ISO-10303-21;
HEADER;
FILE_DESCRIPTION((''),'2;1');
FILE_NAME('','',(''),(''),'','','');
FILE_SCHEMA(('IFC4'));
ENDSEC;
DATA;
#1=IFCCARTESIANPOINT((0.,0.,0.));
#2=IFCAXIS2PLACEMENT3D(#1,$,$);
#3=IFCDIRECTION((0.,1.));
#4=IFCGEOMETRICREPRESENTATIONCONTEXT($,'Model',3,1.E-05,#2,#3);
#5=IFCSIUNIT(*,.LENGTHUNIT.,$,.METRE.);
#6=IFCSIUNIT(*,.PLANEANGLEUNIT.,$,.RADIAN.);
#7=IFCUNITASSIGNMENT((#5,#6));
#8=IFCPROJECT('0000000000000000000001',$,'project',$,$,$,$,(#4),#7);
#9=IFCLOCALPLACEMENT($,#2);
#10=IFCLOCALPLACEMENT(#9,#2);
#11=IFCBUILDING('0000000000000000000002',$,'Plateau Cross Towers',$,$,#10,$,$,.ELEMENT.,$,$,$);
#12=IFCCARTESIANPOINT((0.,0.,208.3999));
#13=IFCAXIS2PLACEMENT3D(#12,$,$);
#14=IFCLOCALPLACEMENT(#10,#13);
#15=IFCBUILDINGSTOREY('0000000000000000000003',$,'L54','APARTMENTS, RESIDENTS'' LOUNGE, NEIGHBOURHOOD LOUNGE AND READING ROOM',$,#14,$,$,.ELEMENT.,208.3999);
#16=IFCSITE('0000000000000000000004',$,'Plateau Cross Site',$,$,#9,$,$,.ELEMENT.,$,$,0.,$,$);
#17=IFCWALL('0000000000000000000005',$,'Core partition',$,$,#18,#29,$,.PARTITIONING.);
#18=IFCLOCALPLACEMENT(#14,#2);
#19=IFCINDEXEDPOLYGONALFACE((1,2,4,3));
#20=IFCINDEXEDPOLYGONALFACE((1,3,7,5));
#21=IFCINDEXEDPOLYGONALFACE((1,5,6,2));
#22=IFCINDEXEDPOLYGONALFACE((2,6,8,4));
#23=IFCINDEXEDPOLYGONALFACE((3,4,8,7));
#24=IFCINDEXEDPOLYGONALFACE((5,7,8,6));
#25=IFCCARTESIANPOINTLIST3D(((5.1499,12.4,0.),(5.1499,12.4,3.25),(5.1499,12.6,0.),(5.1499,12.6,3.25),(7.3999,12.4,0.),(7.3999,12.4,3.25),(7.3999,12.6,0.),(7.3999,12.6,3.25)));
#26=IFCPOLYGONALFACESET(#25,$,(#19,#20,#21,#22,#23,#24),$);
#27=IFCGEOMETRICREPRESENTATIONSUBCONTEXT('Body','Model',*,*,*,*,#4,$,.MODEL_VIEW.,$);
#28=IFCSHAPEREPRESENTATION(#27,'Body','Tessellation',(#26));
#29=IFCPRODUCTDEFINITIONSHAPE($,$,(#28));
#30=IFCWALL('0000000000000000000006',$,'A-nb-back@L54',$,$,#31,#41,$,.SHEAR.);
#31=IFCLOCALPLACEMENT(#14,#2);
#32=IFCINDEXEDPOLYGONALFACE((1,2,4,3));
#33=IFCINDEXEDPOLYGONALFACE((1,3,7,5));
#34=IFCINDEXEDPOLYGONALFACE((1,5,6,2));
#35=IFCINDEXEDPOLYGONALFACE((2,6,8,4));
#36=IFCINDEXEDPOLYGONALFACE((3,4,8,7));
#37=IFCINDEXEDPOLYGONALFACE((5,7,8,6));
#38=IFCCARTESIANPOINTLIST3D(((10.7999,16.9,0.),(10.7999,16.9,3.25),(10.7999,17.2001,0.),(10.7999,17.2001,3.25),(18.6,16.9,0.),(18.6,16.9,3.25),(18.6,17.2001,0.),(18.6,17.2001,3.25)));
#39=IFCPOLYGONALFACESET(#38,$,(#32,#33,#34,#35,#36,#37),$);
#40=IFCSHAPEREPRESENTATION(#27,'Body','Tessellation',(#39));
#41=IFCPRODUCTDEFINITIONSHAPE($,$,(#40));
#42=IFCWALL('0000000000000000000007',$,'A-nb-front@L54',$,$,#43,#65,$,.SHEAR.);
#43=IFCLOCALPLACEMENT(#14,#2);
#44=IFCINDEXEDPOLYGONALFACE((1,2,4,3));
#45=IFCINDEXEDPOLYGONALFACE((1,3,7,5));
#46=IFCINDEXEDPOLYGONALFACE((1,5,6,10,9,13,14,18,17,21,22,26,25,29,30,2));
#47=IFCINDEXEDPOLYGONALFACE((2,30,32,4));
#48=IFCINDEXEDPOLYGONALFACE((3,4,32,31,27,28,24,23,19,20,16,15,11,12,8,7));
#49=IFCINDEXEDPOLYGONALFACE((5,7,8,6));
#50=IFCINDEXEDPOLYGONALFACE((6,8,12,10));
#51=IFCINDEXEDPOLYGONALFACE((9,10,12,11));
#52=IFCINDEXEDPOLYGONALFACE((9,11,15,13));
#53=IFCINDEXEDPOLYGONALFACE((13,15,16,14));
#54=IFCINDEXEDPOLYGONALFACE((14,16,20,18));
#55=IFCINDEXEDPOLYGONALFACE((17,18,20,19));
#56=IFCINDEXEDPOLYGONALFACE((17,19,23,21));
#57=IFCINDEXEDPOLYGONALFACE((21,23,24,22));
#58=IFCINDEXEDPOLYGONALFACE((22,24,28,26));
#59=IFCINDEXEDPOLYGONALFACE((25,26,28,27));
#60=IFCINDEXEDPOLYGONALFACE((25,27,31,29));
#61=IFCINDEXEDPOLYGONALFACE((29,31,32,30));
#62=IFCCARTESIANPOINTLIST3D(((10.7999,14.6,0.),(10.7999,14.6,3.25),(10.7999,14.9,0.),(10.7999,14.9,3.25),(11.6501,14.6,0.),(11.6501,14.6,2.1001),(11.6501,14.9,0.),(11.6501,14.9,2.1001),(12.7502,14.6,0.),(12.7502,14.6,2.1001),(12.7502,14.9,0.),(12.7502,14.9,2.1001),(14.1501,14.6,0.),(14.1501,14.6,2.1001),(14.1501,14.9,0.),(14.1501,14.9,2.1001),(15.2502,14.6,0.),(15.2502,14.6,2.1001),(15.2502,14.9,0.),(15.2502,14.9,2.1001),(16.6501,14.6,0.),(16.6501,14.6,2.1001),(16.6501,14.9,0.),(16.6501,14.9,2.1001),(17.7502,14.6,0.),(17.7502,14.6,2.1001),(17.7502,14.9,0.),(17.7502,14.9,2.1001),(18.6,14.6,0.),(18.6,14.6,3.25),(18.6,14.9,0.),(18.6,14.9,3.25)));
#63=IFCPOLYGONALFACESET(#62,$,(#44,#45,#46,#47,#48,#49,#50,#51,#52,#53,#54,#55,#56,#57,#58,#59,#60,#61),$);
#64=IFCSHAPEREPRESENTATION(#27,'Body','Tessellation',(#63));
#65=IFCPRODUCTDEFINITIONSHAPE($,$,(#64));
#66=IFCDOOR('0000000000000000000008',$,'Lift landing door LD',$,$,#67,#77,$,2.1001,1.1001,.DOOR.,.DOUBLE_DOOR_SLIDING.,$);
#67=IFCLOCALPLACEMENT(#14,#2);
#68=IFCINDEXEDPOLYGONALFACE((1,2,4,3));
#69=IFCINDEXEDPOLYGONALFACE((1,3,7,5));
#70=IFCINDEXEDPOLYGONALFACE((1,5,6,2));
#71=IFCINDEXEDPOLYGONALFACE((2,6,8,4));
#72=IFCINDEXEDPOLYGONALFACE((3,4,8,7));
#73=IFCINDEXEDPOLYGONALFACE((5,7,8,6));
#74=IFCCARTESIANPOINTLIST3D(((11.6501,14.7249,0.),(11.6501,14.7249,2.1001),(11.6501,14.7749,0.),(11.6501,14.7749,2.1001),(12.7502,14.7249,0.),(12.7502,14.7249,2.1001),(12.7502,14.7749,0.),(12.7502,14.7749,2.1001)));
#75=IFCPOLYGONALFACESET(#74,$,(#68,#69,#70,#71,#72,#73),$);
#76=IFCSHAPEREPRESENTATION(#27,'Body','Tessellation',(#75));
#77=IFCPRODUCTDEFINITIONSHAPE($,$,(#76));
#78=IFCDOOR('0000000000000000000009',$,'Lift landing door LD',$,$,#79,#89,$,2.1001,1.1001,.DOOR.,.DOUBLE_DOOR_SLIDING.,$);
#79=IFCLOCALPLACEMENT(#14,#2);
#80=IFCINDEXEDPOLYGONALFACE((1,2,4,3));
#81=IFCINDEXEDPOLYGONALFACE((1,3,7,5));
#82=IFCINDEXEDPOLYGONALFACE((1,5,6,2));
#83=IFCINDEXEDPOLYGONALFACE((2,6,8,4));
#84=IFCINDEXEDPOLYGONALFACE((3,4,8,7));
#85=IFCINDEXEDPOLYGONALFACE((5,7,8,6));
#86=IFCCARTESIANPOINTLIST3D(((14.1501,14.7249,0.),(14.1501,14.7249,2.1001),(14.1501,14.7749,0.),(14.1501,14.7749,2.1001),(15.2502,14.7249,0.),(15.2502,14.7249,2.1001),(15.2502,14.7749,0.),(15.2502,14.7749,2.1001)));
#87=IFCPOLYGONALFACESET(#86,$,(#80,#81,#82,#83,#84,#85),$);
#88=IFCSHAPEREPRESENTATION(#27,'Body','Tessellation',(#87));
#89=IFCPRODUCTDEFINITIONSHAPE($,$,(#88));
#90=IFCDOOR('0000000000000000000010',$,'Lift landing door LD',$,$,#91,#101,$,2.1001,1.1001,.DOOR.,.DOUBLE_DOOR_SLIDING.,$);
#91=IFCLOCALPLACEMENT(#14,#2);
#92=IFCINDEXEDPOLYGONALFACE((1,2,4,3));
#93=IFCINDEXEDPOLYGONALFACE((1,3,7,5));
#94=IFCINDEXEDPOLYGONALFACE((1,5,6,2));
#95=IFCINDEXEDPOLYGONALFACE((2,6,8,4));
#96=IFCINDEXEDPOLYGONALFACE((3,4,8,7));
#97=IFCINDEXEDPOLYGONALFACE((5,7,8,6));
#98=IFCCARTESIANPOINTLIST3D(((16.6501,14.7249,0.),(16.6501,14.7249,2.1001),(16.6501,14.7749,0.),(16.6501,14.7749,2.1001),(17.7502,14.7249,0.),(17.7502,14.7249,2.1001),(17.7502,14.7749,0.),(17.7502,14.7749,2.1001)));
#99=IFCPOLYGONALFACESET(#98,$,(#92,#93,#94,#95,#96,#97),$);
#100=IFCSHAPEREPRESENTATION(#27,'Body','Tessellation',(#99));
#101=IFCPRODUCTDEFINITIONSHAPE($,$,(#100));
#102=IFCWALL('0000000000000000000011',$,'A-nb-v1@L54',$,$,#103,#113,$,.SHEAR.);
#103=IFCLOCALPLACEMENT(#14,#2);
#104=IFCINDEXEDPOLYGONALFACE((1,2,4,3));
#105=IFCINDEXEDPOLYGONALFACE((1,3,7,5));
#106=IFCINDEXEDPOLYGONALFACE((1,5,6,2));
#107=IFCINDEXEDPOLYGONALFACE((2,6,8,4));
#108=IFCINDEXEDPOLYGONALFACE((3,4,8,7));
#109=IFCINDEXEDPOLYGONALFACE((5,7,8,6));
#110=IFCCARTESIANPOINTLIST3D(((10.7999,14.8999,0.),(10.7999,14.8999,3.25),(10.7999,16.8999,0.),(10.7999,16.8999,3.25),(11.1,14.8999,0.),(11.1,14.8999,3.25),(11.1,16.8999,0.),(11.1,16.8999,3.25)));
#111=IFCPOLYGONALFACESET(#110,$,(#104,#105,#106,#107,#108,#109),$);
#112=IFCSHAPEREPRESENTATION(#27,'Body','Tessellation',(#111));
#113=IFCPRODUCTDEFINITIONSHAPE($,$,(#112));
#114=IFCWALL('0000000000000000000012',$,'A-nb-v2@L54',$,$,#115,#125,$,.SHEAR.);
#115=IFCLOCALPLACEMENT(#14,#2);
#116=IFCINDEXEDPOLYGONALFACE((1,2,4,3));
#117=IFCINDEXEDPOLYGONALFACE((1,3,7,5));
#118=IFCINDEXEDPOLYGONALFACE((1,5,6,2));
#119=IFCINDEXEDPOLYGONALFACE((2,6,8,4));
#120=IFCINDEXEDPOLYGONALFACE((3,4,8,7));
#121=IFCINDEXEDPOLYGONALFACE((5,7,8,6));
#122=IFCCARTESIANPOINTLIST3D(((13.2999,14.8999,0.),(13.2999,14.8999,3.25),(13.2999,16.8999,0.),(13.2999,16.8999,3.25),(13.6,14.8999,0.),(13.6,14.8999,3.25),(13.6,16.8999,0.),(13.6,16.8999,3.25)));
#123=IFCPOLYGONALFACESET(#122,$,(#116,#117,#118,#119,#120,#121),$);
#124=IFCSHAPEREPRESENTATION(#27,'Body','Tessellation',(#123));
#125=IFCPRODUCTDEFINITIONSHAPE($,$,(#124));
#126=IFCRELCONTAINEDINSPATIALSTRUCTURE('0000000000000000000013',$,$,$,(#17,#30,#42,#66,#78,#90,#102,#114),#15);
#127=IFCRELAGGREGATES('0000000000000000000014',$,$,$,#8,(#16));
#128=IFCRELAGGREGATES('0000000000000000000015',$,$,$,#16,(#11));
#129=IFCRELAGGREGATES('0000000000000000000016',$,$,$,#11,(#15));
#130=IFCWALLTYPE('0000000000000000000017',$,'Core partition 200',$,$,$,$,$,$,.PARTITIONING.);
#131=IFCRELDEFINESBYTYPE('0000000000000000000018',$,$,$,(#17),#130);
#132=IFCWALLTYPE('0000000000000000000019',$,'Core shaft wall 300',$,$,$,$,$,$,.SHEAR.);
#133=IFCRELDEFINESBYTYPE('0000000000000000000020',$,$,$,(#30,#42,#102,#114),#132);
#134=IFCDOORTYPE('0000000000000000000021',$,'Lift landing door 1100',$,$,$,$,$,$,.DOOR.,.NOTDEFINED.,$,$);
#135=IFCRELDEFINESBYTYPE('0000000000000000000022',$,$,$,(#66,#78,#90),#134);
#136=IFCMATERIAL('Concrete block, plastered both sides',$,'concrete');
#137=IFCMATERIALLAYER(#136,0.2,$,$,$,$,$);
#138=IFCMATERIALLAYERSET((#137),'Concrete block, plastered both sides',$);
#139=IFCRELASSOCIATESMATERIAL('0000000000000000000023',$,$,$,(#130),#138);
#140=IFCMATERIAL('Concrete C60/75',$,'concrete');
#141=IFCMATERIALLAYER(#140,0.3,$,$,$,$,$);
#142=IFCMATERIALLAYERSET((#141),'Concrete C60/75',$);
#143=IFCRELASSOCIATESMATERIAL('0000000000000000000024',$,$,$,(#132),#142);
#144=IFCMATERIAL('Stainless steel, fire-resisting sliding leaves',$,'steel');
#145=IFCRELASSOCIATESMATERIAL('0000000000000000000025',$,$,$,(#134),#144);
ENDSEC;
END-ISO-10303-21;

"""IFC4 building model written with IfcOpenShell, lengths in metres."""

from ifc_helpers import new_model, si_unit, direction, frame, frame_2d, origin, place, context, subcontext, project, spatial, rectangle, extrude, material, layer, layer_set, type_object, element, fill, save


model = new_model("IFC4")

# Units and contexts
model_context = context("Model", 3, precision=1e-05, world=origin(), true_north=direction((0.0, 1.0)))
body_context = subcontext(model_context, "Body", "Model", "MODEL_VIEW")
ifc_project = project(units=[si_unit("LENGTHUNIT", "METRE"), si_unit("PLANEANGLEUNIT", "RADIAN")], contexts=[model_context])

# Site, building, storey
site_placement = place(None, origin())
site = spatial("IfcSite", under=ifc_project, at=site_placement, Name="Plateau Cross Site", CompositionType="ELEMENT", RefElevation=0.0)
building_placement = place(site_placement, origin())
building = spatial("IfcBuilding", under=site, at=building_placement, Name="Plateau Cross Towers", CompositionType="ELEMENT")
storey_placement = place(building_placement, frame((0.0, 0.0, 208.3999)))
storey = spatial("IfcBuildingStorey", under=building, at=storey_placement, Name="L54", Description="APARTMENTS, RESIDENTS' LOUNGE, NEIGHBOURHOOD LOUNGE AND READING ROOM", CompositionType="ELEMENT", Elevation=208.3999)

# Walls
ifc_material_1 = material(Name="Concrete block, plastered both sides", Category="concrete")
ifc_layer_1 = layer(ifc_material_1, 0.2)
ifc_layer_set_1 = layer_set([ifc_layer_1], Name="Concrete block, plastered both sides")
wall_type_1 = type_object("IfcWallType", Name="Core partition 200", PredefinedType="PARTITIONING", material=ifc_layer_set_1)
wall_1_placement = place(storey_placement, frame((5.1499, 12.5, 0.0), z_axis=(0.0, 0.0, 1.0), x_axis=(1.0, 0.0, 0.0)))
element("IfcWall", 1, at=wall_1_placement, inside=storey, type_object=wall_type_1, Name="Core partition", PredefinedType="PARTITIONING", context=body_context, shape_type="SweptSolid", body=[
    extrude(rectangle(XDim=2.25, YDim=0.2, at=frame_2d((1.125, 0.0))), origin(), (0.0, 0.0, 1.0), 3.25),
])
ifc_material_2 = material(Name="Concrete C60/75", Category="concrete")
ifc_layer_2 = layer(ifc_material_2, 0.3)
ifc_layer_set_2 = layer_set([ifc_layer_2], Name="Concrete C60/75")
wall_type_2 = type_object("IfcWallType", Name="Core shaft wall 300", PredefinedType="SHEAR", material=ifc_layer_set_2)
wall_2_placement = place(storey_placement, frame((10.8, 17.05, 0.0), z_axis=(0.0, 0.0, 1.0), x_axis=(1.0, 0.0, 0.0)))
element("IfcWall", 2, at=wall_2_placement, inside=storey, type_object=wall_type_2, Name="A-nb-back@L54", PredefinedType="SHEAR", context=body_context, shape_type="SweptSolid", body=[
    extrude(rectangle(XDim=7.8, YDim=0.3, at=frame_2d((3.8999, 0.0))), origin(), (0.0, 0.0, 1.0), 3.25),
])

# Wall, openings, doors
wall_3_placement = place(storey_placement, frame((10.8, 14.75, 0.0), z_axis=(0.0, 0.0, 1.0), x_axis=(1.0, 0.0, 0.0)))
wall_3 = element("IfcWall", 3, at=wall_3_placement, inside=storey, type_object=wall_type_2, Name="A-nb-front@L54", PredefinedType="SHEAR", context=body_context, shape_type="SweptSolid", body=[
    extrude(rectangle(XDim=7.8, YDim=0.3, at=frame_2d((3.8999, 0.0))), origin(), (0.0, 0.0, 1.0), 3.25),
])
opening_1_placement = place(wall_3_placement, frame((0.8501, 0.0, 0.0)))
opening_1 = element("IfcOpeningElement", 4, at=opening_1_placement, cuts=wall_3, PredefinedType="OPENING", context=body_context, shape_type="SweptSolid", body=[
    extrude(rectangle(XDim=1.1001, YDim=2.1001, at=frame_2d((0.55, 1.05))), frame((0.0, 0.1599, 0.0), z_axis=(0.0, -1.0, 0.0), x_axis=(1.0, 0.0, 0.0)), (0.0, 0.0, 1.0), 0.3201),
])
opening_2_placement = place(wall_3_placement, frame((3.3501, 0.0, 0.0)))
opening_2 = element("IfcOpeningElement", 5, at=opening_2_placement, cuts=wall_3, PredefinedType="OPENING", context=body_context, shape_type="SweptSolid", body=[
    extrude(rectangle(XDim=1.1001, YDim=2.1001, at=frame_2d((0.55, 1.05))), frame((0.0, 0.1599, 0.0), z_axis=(0.0, -1.0, 0.0), x_axis=(1.0, 0.0, 0.0)), (0.0, 0.0, 1.0), 0.3201),
])
opening_3_placement = place(wall_3_placement, frame((5.8501, 0.0, 0.0)))
opening_3 = element("IfcOpeningElement", 6, at=opening_3_placement, cuts=wall_3, PredefinedType="OPENING", context=body_context, shape_type="SweptSolid", body=[
    extrude(rectangle(XDim=1.1001, YDim=2.1001, at=frame_2d((0.55, 1.05))), frame((0.0, 0.1599, 0.0), z_axis=(0.0, -1.0, 0.0), x_axis=(1.0, 0.0, 0.0)), (0.0, 0.0, 1.0), 0.3201),
])
ifc_material_3 = material(Name="Stainless steel, fire-resisting sliding leaves", Category="steel")
door_type_1 = type_object("IfcDoorType", Name="Lift landing door 1100", OperationType="NOTDEFINED", PredefinedType="DOOR", material=ifc_material_3)
door_1_placement = place(opening_1_placement, origin())
door_1 = element("IfcDoor", 7, at=door_1_placement, inside=storey, type_object=door_type_1, Name="Lift landing door LD", OperationType="DOUBLE_DOOR_SLIDING", OverallHeight=2.1001, OverallWidth=1.1001, PredefinedType="DOOR", context=body_context, shape_type="SweptSolid", body=[
    extrude(rectangle(XDim=1.1001, YDim=2.1001, at=frame_2d((0.55, 1.05))), frame((0.0, 0.0249, 0.0), z_axis=(0.0, -1.0, 0.0), x_axis=(1.0, 0.0, 0.0)), (0.0, 0.0, 1.0), 0.05),
])
fill(opening_1, door_1)
door_2_placement = place(opening_2_placement, origin())
door_2 = element("IfcDoor", 8, at=door_2_placement, inside=storey, type_object=door_type_1, Name="Lift landing door LD", OperationType="DOUBLE_DOOR_SLIDING", OverallHeight=2.1001, OverallWidth=1.1001, PredefinedType="DOOR", context=body_context, shape_type="SweptSolid", body=[
    extrude(rectangle(XDim=1.1001, YDim=2.1001, at=frame_2d((0.55, 1.05))), frame((0.0, 0.0249, 0.0), z_axis=(0.0, -1.0, 0.0), x_axis=(1.0, 0.0, 0.0)), (0.0, 0.0, 1.0), 0.05),
])
fill(opening_2, door_2)
door_3_placement = place(opening_3_placement, origin())
door_3 = element("IfcDoor", 9, at=door_3_placement, inside=storey, type_object=door_type_1, Name="Lift landing door LD", OperationType="DOUBLE_DOOR_SLIDING", OverallHeight=2.1001, OverallWidth=1.1001, PredefinedType="DOOR", context=body_context, shape_type="SweptSolid", body=[
    extrude(rectangle(XDim=1.1001, YDim=2.1001, at=frame_2d((0.55, 1.05))), frame((0.0, 0.0249, 0.0), z_axis=(0.0, -1.0, 0.0), x_axis=(1.0, 0.0, 0.0)), (0.0, 0.0, 1.0), 0.05),
])
fill(opening_3, door_3)

# Walls
for number, where, z_axis, x_axis, name in (
    (10, (10.95, 14.8999, 0.0), (0.0, 0.0, 1.0), (0.0, 1.0, 0.0), "A-nb-v1@L54"),
    (11, (13.45, 14.8999, 0.0), (0.0, 0.0, 1.0), (0.0, 1.0, 0.0), "A-nb-v2@L54"),
):
    element("IfcWall", number, at=place(storey_placement, frame(where, z_axis=z_axis, x_axis=x_axis)), inside=storey, type_object=wall_type_2, Name=name, PredefinedType="SHEAR", context=body_context, shape_type="SweptSolid", body=[
        extrude(rectangle(XDim=2.0, YDim=0.3, at=frame_2d((1.0, 0.0))), origin(), (0.0, 0.0, 1.0), 3.25),
    ])

save(model, "model.ifc")
